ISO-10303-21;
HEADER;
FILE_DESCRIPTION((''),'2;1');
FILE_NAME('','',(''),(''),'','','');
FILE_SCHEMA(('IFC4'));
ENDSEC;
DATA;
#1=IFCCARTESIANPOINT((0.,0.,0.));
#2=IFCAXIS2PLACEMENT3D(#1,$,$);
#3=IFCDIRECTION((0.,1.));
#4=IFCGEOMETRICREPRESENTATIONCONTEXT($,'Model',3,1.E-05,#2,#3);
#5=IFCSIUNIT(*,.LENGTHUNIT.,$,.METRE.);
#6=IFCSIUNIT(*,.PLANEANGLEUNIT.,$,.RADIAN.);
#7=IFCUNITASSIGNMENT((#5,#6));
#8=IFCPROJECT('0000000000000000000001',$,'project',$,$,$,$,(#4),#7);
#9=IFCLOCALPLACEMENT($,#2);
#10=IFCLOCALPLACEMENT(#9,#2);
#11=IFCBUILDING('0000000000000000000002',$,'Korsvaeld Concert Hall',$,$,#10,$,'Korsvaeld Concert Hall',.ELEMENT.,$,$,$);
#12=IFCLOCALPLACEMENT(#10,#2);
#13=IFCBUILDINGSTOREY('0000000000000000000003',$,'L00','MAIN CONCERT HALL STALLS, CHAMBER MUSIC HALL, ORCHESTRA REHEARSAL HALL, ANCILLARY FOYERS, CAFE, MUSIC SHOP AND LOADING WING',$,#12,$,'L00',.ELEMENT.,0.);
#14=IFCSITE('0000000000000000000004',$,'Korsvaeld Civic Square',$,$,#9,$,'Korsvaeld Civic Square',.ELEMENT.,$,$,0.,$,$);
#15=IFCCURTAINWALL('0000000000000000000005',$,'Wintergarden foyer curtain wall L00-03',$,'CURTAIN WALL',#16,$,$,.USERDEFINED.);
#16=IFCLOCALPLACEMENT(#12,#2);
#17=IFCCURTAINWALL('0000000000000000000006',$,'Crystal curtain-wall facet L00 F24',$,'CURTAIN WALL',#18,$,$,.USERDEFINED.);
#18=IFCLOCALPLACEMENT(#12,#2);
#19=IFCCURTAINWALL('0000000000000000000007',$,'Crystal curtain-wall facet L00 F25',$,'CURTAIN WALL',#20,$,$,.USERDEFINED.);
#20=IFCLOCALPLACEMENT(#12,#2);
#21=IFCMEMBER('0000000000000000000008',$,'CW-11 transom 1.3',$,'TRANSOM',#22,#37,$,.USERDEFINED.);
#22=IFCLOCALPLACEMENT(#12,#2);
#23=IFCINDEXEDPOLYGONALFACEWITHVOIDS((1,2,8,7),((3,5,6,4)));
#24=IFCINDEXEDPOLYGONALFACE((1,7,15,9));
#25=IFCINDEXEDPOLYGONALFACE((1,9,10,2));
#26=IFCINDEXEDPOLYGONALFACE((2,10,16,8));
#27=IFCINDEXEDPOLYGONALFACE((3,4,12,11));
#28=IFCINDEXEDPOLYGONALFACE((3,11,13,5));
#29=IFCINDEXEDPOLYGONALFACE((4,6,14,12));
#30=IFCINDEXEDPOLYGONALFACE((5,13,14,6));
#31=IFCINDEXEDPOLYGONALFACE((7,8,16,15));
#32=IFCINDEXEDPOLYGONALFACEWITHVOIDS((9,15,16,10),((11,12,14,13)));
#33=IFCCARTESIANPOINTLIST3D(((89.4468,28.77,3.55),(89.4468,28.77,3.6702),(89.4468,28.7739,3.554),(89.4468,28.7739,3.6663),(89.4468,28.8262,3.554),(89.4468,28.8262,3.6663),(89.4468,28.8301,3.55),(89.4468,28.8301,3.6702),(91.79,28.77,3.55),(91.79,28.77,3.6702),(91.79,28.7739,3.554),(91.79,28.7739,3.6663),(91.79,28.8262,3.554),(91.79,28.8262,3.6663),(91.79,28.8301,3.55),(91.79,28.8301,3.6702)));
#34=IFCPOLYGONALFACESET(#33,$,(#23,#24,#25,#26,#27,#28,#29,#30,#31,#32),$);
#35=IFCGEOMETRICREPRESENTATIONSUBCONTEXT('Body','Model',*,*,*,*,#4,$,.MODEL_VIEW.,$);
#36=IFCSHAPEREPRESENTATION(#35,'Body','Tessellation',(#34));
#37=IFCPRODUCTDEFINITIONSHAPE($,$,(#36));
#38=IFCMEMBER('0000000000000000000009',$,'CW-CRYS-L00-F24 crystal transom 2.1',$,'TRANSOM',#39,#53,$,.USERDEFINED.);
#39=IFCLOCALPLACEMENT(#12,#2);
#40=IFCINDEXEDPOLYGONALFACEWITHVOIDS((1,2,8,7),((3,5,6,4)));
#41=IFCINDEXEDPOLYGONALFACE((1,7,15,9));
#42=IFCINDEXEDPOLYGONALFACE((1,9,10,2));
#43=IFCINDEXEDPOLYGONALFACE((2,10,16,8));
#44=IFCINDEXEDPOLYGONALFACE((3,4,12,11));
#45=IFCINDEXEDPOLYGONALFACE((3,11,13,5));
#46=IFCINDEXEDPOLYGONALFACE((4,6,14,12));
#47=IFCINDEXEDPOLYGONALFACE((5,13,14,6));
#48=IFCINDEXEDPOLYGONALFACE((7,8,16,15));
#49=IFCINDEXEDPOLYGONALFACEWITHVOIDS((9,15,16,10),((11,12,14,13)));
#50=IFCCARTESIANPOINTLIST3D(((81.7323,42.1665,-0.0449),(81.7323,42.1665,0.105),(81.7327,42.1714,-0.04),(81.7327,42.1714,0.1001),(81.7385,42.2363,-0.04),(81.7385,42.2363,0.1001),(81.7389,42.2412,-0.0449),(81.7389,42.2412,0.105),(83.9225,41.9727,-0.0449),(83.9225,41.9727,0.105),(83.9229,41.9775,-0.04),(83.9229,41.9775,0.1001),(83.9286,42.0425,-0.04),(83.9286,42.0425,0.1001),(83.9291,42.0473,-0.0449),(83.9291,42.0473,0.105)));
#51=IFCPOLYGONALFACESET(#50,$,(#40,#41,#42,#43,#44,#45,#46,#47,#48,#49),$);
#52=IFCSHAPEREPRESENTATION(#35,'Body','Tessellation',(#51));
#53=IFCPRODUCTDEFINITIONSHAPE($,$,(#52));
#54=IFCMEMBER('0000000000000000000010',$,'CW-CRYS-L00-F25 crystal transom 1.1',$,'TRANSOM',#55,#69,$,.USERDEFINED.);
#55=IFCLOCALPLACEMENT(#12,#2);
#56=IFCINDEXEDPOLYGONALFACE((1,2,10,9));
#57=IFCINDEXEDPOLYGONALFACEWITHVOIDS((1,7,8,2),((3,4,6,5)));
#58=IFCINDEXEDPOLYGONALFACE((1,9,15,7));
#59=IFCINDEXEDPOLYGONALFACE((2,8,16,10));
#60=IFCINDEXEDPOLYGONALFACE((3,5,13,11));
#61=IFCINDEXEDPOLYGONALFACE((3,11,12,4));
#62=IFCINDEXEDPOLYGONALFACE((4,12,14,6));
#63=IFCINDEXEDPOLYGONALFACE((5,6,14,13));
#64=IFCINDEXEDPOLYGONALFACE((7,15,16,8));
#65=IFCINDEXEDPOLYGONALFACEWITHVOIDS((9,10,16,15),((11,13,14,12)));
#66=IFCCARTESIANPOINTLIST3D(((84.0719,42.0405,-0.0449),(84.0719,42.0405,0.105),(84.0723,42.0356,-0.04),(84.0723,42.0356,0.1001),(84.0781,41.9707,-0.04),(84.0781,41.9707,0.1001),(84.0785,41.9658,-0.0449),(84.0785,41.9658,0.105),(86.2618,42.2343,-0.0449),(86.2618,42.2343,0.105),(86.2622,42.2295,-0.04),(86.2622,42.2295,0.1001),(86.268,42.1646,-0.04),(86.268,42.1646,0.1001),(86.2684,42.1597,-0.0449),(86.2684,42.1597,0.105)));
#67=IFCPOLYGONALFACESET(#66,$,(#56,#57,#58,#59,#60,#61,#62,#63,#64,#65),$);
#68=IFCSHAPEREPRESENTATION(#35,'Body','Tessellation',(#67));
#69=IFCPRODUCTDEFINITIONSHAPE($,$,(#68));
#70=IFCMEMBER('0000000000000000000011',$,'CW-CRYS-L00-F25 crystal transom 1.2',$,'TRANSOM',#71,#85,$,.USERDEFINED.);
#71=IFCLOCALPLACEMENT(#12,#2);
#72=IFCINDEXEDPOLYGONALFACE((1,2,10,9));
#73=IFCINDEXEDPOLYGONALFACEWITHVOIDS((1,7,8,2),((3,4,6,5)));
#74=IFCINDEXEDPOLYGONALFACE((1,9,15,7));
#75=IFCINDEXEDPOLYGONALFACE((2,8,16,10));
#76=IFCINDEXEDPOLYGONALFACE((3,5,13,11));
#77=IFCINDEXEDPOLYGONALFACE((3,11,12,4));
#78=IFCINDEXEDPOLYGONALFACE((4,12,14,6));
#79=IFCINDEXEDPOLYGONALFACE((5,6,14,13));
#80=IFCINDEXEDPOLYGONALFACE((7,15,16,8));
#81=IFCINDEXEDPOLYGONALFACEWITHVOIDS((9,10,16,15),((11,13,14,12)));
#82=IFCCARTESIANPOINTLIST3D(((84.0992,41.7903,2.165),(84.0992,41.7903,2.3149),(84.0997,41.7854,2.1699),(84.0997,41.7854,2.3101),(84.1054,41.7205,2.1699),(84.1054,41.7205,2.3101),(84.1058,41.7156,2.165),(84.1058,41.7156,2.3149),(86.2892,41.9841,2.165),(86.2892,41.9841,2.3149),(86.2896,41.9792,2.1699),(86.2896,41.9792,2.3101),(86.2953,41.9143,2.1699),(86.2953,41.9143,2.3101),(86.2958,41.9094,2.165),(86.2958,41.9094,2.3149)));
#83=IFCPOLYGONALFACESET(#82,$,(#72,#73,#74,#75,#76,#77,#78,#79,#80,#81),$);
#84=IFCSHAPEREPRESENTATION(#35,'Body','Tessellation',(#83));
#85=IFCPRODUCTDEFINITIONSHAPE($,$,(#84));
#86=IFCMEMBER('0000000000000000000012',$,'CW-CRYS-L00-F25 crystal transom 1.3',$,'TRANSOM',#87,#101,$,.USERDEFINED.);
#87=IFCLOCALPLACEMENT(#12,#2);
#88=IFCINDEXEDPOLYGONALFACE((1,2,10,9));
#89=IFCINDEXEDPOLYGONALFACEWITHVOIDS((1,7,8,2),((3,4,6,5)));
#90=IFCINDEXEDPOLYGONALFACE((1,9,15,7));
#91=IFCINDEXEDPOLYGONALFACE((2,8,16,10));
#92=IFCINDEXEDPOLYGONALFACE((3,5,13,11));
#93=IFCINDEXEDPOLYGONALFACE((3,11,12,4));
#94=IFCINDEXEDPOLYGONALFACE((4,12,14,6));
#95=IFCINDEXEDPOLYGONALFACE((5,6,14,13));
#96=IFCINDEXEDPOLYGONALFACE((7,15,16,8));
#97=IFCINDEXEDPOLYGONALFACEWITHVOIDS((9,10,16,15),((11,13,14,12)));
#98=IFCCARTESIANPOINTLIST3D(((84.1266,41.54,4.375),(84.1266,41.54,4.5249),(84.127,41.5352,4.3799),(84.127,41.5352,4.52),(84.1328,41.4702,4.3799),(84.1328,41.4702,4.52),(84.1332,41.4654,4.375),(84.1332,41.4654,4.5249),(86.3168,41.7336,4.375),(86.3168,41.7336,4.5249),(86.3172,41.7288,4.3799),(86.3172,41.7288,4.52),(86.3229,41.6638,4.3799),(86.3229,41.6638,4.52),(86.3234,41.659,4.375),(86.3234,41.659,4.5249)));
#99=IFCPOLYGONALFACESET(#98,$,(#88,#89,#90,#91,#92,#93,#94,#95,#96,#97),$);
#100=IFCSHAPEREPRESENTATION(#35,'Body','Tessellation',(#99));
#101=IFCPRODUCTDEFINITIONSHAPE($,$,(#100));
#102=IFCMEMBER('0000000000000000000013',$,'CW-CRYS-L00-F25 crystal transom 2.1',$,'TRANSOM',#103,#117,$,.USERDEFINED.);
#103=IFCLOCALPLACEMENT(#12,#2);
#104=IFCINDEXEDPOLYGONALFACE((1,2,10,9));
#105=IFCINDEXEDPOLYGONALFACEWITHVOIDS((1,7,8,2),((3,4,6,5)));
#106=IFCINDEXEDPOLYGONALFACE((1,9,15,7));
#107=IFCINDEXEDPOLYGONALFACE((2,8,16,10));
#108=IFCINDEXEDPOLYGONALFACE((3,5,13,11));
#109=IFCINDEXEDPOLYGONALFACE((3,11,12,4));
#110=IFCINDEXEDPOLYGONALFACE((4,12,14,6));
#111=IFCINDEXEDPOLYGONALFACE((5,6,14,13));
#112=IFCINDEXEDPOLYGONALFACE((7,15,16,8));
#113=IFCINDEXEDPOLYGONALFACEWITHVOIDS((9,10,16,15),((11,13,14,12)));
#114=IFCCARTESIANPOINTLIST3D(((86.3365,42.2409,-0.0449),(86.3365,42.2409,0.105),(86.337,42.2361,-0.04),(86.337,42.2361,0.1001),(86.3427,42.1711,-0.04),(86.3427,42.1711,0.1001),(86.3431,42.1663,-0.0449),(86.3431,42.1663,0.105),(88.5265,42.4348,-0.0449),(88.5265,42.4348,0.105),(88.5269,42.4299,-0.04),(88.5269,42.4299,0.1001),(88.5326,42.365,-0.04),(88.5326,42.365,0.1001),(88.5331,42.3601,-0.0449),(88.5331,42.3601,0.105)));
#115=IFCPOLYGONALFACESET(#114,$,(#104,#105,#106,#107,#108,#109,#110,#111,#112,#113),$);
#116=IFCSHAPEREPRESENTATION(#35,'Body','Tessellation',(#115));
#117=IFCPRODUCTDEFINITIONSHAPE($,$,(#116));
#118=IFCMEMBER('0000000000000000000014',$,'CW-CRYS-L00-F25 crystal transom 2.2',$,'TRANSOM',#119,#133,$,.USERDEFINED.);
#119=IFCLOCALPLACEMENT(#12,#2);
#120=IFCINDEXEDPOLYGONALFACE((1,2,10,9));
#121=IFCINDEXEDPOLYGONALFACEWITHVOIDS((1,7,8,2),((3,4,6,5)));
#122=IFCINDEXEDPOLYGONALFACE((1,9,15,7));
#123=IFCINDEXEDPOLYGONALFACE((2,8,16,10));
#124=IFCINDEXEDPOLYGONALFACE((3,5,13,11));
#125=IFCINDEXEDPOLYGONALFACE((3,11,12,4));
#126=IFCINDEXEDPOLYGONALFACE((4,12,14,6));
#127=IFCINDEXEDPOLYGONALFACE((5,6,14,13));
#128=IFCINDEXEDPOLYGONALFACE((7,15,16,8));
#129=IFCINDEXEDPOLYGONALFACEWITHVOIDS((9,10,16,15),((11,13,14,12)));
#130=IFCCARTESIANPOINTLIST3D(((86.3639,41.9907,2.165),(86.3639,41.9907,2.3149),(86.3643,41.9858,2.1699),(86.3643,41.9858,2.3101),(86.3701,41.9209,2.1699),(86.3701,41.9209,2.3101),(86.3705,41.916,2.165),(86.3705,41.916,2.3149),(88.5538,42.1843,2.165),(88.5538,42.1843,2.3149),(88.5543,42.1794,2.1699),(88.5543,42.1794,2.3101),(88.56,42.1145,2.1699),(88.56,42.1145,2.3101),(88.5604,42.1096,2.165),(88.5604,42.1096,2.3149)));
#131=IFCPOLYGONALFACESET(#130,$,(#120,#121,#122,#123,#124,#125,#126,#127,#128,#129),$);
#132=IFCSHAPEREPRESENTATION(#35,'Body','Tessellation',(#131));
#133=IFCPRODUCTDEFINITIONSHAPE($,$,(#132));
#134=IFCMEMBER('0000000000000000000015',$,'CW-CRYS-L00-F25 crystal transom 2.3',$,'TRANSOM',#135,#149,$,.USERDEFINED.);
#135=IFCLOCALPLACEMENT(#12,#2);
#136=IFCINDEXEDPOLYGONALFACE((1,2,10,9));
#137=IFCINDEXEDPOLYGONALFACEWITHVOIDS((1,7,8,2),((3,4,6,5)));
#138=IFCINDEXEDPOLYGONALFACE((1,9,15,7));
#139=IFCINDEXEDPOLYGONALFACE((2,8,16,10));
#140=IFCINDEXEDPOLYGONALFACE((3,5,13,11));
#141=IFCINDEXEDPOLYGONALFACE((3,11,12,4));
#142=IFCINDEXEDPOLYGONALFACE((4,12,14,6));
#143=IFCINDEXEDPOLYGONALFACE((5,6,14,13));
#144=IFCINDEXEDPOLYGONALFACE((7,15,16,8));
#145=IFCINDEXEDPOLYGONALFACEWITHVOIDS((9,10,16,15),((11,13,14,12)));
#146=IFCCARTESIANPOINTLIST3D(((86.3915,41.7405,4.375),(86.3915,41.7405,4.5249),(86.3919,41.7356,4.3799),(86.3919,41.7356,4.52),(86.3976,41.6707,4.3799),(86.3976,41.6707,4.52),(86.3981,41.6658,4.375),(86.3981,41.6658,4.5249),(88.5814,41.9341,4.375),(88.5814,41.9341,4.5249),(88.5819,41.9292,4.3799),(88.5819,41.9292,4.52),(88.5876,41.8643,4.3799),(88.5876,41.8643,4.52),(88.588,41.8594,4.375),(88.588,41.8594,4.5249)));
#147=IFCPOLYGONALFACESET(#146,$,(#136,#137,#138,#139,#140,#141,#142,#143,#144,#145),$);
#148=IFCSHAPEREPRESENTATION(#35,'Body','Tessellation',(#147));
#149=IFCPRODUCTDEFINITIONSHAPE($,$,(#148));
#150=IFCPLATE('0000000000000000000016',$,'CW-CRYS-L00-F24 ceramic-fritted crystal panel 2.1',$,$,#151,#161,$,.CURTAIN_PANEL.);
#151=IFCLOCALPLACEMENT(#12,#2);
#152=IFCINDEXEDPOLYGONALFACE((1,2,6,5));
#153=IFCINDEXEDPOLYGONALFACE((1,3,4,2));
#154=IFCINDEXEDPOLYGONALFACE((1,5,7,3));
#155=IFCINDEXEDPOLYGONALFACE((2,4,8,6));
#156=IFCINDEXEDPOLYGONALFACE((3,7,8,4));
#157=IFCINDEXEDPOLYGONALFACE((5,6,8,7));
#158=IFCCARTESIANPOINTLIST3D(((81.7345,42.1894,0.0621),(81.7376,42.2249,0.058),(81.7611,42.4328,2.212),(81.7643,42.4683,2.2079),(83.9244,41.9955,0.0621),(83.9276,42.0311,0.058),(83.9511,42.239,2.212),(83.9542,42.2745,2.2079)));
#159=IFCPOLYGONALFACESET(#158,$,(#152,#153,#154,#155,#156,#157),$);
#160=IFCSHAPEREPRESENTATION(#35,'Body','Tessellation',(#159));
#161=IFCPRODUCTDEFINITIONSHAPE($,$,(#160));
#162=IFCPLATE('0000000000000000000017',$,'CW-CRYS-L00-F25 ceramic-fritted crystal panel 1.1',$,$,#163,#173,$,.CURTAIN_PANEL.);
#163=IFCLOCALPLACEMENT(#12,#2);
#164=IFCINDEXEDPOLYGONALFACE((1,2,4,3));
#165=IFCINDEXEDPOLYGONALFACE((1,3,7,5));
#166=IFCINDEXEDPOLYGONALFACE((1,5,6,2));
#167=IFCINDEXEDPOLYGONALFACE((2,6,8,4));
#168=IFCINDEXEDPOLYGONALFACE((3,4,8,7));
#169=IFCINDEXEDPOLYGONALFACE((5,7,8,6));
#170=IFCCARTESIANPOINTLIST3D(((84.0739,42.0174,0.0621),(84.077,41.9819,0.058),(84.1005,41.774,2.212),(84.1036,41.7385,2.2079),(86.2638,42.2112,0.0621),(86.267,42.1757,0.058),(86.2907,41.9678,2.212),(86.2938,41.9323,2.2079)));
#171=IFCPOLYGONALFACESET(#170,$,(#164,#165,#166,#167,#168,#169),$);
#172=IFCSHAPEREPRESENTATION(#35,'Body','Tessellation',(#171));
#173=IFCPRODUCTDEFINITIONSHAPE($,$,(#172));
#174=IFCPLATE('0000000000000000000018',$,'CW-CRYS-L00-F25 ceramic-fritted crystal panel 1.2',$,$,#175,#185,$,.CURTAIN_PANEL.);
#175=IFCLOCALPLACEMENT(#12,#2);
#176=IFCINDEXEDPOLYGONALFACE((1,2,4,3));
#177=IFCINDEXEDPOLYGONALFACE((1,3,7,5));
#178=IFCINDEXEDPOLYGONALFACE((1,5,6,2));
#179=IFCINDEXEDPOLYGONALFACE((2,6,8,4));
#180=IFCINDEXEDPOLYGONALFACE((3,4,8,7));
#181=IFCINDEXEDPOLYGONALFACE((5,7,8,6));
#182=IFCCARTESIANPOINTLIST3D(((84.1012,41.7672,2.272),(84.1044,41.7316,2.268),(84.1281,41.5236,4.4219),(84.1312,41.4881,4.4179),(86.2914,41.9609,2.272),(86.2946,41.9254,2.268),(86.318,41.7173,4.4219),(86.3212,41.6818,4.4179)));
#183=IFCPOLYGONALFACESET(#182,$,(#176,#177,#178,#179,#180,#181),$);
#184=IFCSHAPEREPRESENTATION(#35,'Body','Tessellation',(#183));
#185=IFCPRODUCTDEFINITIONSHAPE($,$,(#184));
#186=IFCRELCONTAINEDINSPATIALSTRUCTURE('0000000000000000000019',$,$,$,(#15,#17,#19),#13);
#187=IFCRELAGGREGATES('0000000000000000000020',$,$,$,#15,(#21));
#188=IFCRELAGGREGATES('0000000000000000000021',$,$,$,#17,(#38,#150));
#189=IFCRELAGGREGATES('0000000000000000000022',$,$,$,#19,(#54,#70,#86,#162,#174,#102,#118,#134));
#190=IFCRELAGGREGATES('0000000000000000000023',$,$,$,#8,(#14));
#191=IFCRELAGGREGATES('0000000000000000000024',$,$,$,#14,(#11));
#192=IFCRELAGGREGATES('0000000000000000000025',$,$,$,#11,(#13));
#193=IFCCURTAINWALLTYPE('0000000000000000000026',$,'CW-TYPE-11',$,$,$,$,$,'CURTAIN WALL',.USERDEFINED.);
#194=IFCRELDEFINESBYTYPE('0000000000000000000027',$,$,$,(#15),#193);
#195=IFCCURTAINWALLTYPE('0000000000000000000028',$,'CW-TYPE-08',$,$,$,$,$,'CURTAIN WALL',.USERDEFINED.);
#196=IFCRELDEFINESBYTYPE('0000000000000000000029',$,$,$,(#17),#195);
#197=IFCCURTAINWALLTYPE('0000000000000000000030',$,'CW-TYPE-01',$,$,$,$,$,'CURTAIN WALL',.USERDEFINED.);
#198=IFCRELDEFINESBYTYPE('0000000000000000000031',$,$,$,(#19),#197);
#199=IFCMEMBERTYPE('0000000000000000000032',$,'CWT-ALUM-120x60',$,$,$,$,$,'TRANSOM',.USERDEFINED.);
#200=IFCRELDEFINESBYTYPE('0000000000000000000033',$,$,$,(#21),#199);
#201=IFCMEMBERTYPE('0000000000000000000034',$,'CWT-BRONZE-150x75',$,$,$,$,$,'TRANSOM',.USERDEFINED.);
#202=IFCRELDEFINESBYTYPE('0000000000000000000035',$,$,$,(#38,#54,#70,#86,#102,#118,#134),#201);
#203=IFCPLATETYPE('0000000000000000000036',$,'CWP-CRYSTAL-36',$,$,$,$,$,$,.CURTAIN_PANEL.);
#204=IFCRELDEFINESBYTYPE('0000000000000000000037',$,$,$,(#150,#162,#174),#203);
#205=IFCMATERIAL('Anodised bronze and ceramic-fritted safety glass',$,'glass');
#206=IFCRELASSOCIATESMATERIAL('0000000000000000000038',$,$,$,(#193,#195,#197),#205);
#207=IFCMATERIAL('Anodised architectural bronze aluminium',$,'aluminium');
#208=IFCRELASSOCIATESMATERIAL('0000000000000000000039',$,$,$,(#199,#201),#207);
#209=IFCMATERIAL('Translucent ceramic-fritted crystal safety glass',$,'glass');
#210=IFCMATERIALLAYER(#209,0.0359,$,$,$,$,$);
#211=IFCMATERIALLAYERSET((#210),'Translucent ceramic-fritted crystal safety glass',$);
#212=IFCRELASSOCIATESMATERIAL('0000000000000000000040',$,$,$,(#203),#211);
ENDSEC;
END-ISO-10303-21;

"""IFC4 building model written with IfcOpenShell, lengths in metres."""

from ifc_helpers import new_model, si_unit, direction, frame, origin, origin_2d, place, context, subcontext, project, spatial, polyline, hollow_rectangle, outline, extrude, material, layer, layer_set, material_profile, profile_set, type_object, element, aggregate, save


model = new_model("IFC4")

# Units and contexts
model_context = context("Model", 3, precision=1e-05, world=origin(), true_north=direction((0.0, 1.0)))
body_context = subcontext(model_context, "Body", "Model", "MODEL_VIEW")
ifc_project = project(units=[si_unit("LENGTHUNIT", "METRE"), si_unit("PLANEANGLEUNIT", "RADIAN")], contexts=[model_context])

# Site, building, storey
site_placement = place(None, origin())
site = spatial("IfcSite", under=ifc_project, at=site_placement, Name="Korsvaeld Civic Square", LongName="Korsvaeld Civic Square", CompositionType="ELEMENT", RefElevation=0.0)
building_placement = place(site_placement, origin())
building = spatial("IfcBuilding", under=site, at=building_placement, Name="Korsvaeld Concert Hall", LongName="Korsvaeld Concert Hall", CompositionType="ELEMENT")
storey_placement = place(building_placement, origin())
storey = spatial("IfcBuildingStorey", under=building, at=storey_placement, Name="L00", Description="MAIN CONCERT HALL STALLS, CHAMBER MUSIC HALL, ORCHESTRA REHEARSAL HALL, ANCILLARY FOYERS, CAFE, MUSIC SHOP AND LOADING WING", LongName="L00", CompositionType="ELEMENT", Elevation=0.0)

# Curtain wall
ifc_material_1 = material(Name="Anodised bronze and ceramic-fritted safety glass", Category="glass")
curtain_wall_type_1 = type_object("IfcCurtainWallType", Name="CW-TYPE-11", ElementType="CURTAIN WALL", PredefinedType="USERDEFINED", material=ifc_material_1)
curtain_wall_1_placement = place(storey_placement, origin())
curtain_wall_1 = element("IfcCurtainWall", 1, at=curtain_wall_1_placement, inside=storey, type_object=curtain_wall_type_1, Name="Wintergarden foyer curtain wall L00-03", ObjectType="CURTAIN WALL", PredefinedType="USERDEFINED")
ifc_material_2 = material(Name="Anodised architectural bronze aluminium", Category="aluminium")

# Curtain walls
curtain_wall_type_2 = type_object("IfcCurtainWallType", Name="CW-TYPE-08", ElementType="CURTAIN WALL", PredefinedType="USERDEFINED", material=ifc_material_1)
curtain_wall_2_placement = place(storey_placement, origin())
curtain_wall_2 = element("IfcCurtainWall", 2, at=curtain_wall_2_placement, inside=storey, type_object=curtain_wall_type_2, Name="Crystal curtain-wall facet L00 F24", ObjectType="CURTAIN WALL", PredefinedType="USERDEFINED")
curtain_wall_type_3 = type_object("IfcCurtainWallType", Name="CW-TYPE-01", ElementType="CURTAIN WALL", PredefinedType="USERDEFINED", material=ifc_material_1)
curtain_wall_3_placement = place(storey_placement, origin())
curtain_wall_3 = element("IfcCurtainWall", 3, at=curtain_wall_3_placement, inside=storey, type_object=curtain_wall_type_3, Name="Crystal curtain-wall facet L00 F25", ObjectType="CURTAIN WALL", PredefinedType="USERDEFINED")

# Members
ifc_material_profile_1 = material_profile(ifc_material_2, hollow_rectangle(XDim=0.0601, YDim=0.1201, WallThickness=0.0039, at=origin_2d()), Name="CWT 120x60x4")
ifc_profile_set_1 = profile_set([ifc_material_profile_1], Name="Anodised architectural bronze aluminium")
member_type_1 = type_object("IfcMemberType", Name="CWT-ALUM-120x60", ElementType="TRANSOM", PredefinedType="USERDEFINED", material=ifc_profile_set_1)
member_1_placement = place(storey_placement, frame((91.79, 28.8, 3.6101), z_axis=(-1.0, 0.0, 0.0), x_axis=(0.0, -1.0, 0.0)))
member_1 = element("IfcMember", 4, at=member_1_placement, type_object=member_type_1, Name="CW-11 transom 1.3", ObjectType="TRANSOM", PredefinedType="USERDEFINED", context=body_context, shape_type="SweptSolid", body=[
    extrude(hollow_rectangle(XDim=0.0601, YDim=0.1201, WallThickness=0.0039, at=origin_2d()), origin(), (0.0, 0.0, 1.0), 2.3433),
])
aggregate(curtain_wall_1, [member_1])
ifc_material_profile_2 = material_profile(ifc_material_2, hollow_rectangle(XDim=0.075, YDim=0.1499, WallThickness=0.0049, at=origin_2d()), Name="CWT 150x75x5")
ifc_profile_set_2 = profile_set([ifc_material_profile_2], Name="Anodised architectural bronze aluminium")
member_type_2 = type_object("IfcMemberType", Name="CWT-BRONZE-150x75", ElementType="TRANSOM", PredefinedType="USERDEFINED", material=ifc_profile_set_2)
member_2_placement = place(storey_placement, frame((81.7356, 42.2039, 0.03), z_axis=(0.996106, -0.088163, 0.0), x_axis=(0.088163, 0.996106, 0.0)))
member_2 = element("IfcMember", 5, at=member_2_placement, type_object=member_type_2, Name="CW-CRYS-L00-F24 crystal transom 2.1", ObjectType="TRANSOM", PredefinedType="USERDEFINED", context=body_context, shape_type="SweptSolid", body=[
    extrude(hollow_rectangle(XDim=0.075, YDim=0.1499, WallThickness=0.0049, at=origin_2d()), origin(), (0.0, 0.0, 1.0), 2.1987),
])
member_3_placement = place(storey_placement, frame((84.0752, 42.0032, 0.03), z_axis=(0.996105, 0.088173, 0.0), x_axis=(-0.088173, 0.996105, 0.0)))
member_3 = element("IfcMember", 6, at=member_3_placement, type_object=member_type_2, Name="CW-CRYS-L00-F25 crystal transom 1.1", ObjectType="TRANSOM", PredefinedType="USERDEFINED", context=body_context, shape_type="SweptSolid", body=[
    extrude(hollow_rectangle(XDim=0.075, YDim=0.1499, WallThickness=0.0049, at=origin_2d()), origin(), (0.0, 0.0, 1.0), 2.1985),
])
member_4_placement = place(storey_placement, frame((84.1025, 41.7529, 2.24), z_axis=(0.996105, 0.088173, 0.0), x_axis=(-0.088173, 0.996105, 0.0)))
member_4 = element("IfcMember", 7, at=member_4_placement, type_object=member_type_2, Name="CW-CRYS-L00-F25 crystal transom 1.2", ObjectType="TRANSOM", PredefinedType="USERDEFINED", context=body_context, shape_type="SweptSolid", body=[
    extrude(hollow_rectangle(XDim=0.075, YDim=0.1499, WallThickness=0.0049, at=origin_2d()), origin(), (0.0, 0.0, 1.0), 2.1985),
])
member_5_placement = place(storey_placement, frame((84.1299, 41.5027, 4.45), z_axis=(0.996116, 0.088053, 0.0), x_axis=(-0.088053, 0.996116, 0.0)))
member_5 = element("IfcMember", 8, at=member_5_placement, type_object=member_type_2, Name="CW-CRYS-L00-F25 crystal transom 1.3", ObjectType="TRANSOM", PredefinedType="USERDEFINED", context=body_context, shape_type="SweptSolid", body=[
    extrude(hollow_rectangle(XDim=0.075, YDim=0.1499, WallThickness=0.0049, at=origin_2d()), origin(), (0.0, 0.0, 1.0), 2.1987),
])
member_6_placement = place(storey_placement, frame((86.3398, 42.2036, 0.03), z_axis=(0.996105, 0.088173, 0.0), x_axis=(-0.088173, 0.996105, 0.0)))
member_6 = element("IfcMember", 9, at=member_6_placement, type_object=member_type_2, Name="CW-CRYS-L00-F25 crystal transom 2.1", ObjectType="TRANSOM", PredefinedType="USERDEFINED", context=body_context, shape_type="SweptSolid", body=[
    extrude(hollow_rectangle(XDim=0.075, YDim=0.1499, WallThickness=0.0049, at=origin_2d()), origin(), (0.0, 0.0, 1.0), 2.1985),
])
member_7_placement = place(storey_placement, frame((86.3672, 41.9534, 2.24), z_axis=(0.996115, 0.088062, 0.0), x_axis=(-0.088062, 0.996115, 0.0)))
member_7 = element("IfcMember", 10, at=member_7_placement, type_object=member_type_2, Name="CW-CRYS-L00-F25 crystal transom 2.2", ObjectType="TRANSOM", PredefinedType="USERDEFINED", context=body_context, shape_type="SweptSolid", body=[
    extrude(hollow_rectangle(XDim=0.075, YDim=0.1499, WallThickness=0.0049, at=origin_2d()), origin(), (0.0, 0.0, 1.0), 2.1985),
])
member_8_placement = place(storey_placement, frame((86.3948, 41.7031, 4.45), z_axis=(0.996115, 0.088062, 0.0), x_axis=(-0.088062, 0.996115, 0.0)))
member_8 = element("IfcMember", 11, at=member_8_placement, type_object=member_type_2, Name="CW-CRYS-L00-F25 crystal transom 2.3", ObjectType="TRANSOM", PredefinedType="USERDEFINED", context=body_context, shape_type="SweptSolid", body=[
    extrude(hollow_rectangle(XDim=0.075, YDim=0.1499, WallThickness=0.0049, at=origin_2d()), origin(), (0.0, 0.0, 1.0), 2.1985),
])

# Plates
ifc_material_3 = material(Name="Translucent ceramic-fritted crystal safety glass", Category="glass")
ifc_layer = layer(ifc_material_3, 0.0359)
ifc_layer_set = layer_set([ifc_layer], Name="Translucent ceramic-fritted crystal safety glass")
plate_type = type_object("IfcPlateType", Name="CWP-CRYSTAL-36", PredefinedType="CURTAIN_PANEL", material=ifc_layer_set)
plate_1_placement = place(storey_placement, frame((81.7361, 42.2073, 0.0601), z_axis=(-0.087606, -0.98971, 0.113138), x_axis=(0.996105, -0.088173, 0.0)))
plate_1 = element("IfcPlate", 12, at=plate_1_placement, type_object=plate_type, Name="CW-CRYS-L00-F24 ceramic-fritted crystal panel 2.1", PredefinedType="CURTAIN_PANEL", context=body_context, shape_type="SweptSolid", body=[
    extrude(outline(polyline([(0.0, 0.0), (2.1985, 0.0), (2.2035, 2.1638), (0.005, 2.1638), (0.0, 0.0)])), frame((0.0, 0.0, 0.0181)), (0.0, 0.0, -1.0), 0.0359),
])
aggregate(curtain_wall_2, [member_2, plate_1])
plate_2_placement = place(storey_placement, frame((84.0754, 41.9998, 0.0601), z_axis=(0.087602, -0.989709, -0.113142), x_axis=(0.996106, 0.088168, -0.000001)))
plate_2 = element("IfcPlate", 13, at=plate_2_placement, type_object=plate_type, Name="CW-CRYS-L00-F25 ceramic-fritted crystal panel 1.1", PredefinedType="CURTAIN_PANEL", context=body_context, shape_type="SweptSolid", body=[
    extrude(outline(polyline([(0.0, 0.0), (2.1985, 0.0), (2.2038, 2.1638), (0.005, 2.1638), (0.0, 0.0)])), frame((0.0, 0.0, 0.0181)), (0.0, 0.0, -1.0), 0.0359),
])
plate_3_placement = place(storey_placement, frame((84.1028, 41.7495, 2.27), z_axis=(0.087546, -0.989708, -0.113198), x_axis=(0.99611, 0.088113, -0.000006)))
plate_3 = element("IfcPlate", 14, at=plate_3_placement, type_object=plate_type, Name="CW-CRYS-L00-F25 ceramic-fritted crystal panel 1.2", PredefinedType="CURTAIN_PANEL", context=body_context, shape_type="SweptSolid", body=[
    extrude(outline(polyline([(0.0, 0.0), (2.1987, 0.0), (2.2038, 2.1638), (0.0053, 2.1638), (0.0, 0.0)])), frame((0.0, 0.0, 0.0181)), (0.0, 0.0, -1.0), 0.0359),
])
aggregate(curtain_wall_3, [member_3, member_4, member_5, plate_2, plate_3, member_6, member_7, member_8])

save(model, "model.ifc")
